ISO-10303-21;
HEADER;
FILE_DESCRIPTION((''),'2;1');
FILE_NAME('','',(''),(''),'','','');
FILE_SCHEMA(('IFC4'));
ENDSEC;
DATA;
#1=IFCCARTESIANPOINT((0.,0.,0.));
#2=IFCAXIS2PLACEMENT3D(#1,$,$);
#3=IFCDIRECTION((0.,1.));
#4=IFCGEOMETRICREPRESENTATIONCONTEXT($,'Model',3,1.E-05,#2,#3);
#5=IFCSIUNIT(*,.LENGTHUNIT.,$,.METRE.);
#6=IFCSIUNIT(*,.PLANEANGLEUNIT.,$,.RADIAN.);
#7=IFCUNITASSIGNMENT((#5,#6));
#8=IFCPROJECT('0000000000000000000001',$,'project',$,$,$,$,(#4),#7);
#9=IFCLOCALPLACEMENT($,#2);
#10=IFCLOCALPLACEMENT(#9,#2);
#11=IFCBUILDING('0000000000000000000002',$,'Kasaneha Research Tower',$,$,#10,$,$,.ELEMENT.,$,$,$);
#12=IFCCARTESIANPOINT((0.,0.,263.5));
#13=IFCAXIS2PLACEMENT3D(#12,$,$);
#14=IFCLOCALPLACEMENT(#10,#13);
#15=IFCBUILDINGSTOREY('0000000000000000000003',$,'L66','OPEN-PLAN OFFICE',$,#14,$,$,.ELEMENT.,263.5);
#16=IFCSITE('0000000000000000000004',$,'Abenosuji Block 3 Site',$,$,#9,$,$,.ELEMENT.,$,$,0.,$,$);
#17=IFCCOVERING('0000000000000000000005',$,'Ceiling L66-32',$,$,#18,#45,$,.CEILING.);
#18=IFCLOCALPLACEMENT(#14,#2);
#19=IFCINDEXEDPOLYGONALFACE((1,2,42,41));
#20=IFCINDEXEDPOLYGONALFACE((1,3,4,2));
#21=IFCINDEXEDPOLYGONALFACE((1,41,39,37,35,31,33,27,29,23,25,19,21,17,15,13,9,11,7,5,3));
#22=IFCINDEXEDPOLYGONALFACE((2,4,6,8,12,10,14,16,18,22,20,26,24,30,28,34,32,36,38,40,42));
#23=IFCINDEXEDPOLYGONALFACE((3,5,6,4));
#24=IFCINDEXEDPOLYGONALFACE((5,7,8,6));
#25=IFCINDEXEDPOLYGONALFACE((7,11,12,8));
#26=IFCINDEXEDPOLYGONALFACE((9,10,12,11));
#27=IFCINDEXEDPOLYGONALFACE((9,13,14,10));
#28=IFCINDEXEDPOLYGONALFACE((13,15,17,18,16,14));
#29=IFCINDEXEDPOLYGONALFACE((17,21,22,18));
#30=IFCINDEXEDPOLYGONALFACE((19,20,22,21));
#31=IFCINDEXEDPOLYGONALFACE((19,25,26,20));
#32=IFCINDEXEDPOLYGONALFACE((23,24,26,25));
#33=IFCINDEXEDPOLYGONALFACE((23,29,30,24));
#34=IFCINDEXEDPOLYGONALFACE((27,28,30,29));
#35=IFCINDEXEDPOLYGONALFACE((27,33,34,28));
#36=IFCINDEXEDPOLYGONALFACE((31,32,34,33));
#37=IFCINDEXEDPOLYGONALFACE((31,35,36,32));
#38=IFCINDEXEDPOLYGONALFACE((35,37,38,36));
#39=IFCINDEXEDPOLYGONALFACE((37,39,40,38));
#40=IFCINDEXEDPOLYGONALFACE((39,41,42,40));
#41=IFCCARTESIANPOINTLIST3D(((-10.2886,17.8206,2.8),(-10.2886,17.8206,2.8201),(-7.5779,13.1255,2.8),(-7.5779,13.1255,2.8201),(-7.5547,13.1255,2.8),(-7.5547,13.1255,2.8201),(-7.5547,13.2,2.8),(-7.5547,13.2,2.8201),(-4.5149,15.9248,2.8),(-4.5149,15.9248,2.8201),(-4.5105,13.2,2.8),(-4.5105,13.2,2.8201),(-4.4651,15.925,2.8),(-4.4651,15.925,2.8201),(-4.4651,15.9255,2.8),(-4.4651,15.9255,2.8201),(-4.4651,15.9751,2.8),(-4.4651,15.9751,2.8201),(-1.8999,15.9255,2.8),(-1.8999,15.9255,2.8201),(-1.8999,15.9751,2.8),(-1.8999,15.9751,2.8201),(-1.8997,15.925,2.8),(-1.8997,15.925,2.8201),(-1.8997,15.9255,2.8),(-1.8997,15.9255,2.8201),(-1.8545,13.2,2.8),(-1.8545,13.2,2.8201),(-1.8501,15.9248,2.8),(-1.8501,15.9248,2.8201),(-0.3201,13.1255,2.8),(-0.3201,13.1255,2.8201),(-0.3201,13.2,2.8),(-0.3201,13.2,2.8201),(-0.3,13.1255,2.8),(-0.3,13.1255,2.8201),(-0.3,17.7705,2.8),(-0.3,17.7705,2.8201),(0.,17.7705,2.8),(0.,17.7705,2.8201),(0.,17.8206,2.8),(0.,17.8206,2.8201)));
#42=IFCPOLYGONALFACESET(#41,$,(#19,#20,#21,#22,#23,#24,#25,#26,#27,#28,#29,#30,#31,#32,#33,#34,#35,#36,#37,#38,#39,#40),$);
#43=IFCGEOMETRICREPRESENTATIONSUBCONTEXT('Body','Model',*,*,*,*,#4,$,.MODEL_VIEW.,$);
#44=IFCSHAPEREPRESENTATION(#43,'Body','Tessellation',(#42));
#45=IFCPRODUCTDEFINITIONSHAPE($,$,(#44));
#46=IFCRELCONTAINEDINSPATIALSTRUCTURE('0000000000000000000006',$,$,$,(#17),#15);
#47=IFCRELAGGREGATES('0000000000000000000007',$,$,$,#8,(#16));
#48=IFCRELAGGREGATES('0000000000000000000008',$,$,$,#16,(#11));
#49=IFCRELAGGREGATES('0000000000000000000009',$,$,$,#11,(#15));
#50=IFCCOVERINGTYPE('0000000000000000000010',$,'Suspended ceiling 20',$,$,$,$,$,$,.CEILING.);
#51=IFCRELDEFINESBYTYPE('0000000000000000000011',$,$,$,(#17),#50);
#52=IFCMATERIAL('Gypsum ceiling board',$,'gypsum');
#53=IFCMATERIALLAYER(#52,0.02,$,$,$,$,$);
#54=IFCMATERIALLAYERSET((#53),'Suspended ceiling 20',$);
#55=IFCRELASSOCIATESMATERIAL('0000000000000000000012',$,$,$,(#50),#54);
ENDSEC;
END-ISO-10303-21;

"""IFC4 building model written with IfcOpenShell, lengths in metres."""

from ifc_helpers import new_model, si_unit, direction, frame, origin, place, context, subcontext, project, spatial, polyline, outline, extrude, material, layer, layer_set, type_object, element, save


model = new_model("IFC4")

# Units and contexts
model_context = context("Model", 3, precision=1e-05, world=origin(), true_north=direction((0.0, 1.0)))
body_context = subcontext(model_context, "Body", "Model", "MODEL_VIEW")
ifc_project = project(units=[si_unit("LENGTHUNIT", "METRE"), si_unit("PLANEANGLEUNIT", "RADIAN")], contexts=[model_context])

# Site, building, storey
site_placement = place(None, origin())
site = spatial("IfcSite", under=ifc_project, at=site_placement, Name="Abenosuji Block 3 Site", CompositionType="ELEMENT", RefElevation=0.0)
building_placement = place(site_placement, origin())
building = spatial("IfcBuilding", under=site, at=building_placement, Name="Kasaneha Research Tower", CompositionType="ELEMENT")
storey_placement = place(building_placement, frame((0.0, 0.0, 263.5)))
storey = spatial("IfcBuildingStorey", under=building, at=storey_placement, Name="L66", Description="OPEN-PLAN OFFICE", CompositionType="ELEMENT", Elevation=263.5)

# Covering
ifc_material_1 = material(Name="Gypsum ceiling board", Category="gypsum")
ifc_layer_1 = layer(ifc_material_1, 0.02)
ifc_layer_set_1 = layer_set([ifc_layer_1], Name="Suspended ceiling 20")
covering_type_1 = type_object("IfcCoveringType", Name="Suspended ceiling 20", PredefinedType="CEILING", material=ifc_layer_set_1)
covering_1_placement = place(storey_placement, frame((0.0, 0.0, 2.8)))
element("IfcCovering", 1, at=covering_1_placement, inside=storey, type_object=covering_type_1, Name="Ceiling L66-32", PredefinedType="CEILING", context=body_context, shape_type="SweptSolid", body=[
    extrude(outline(polyline([(-0.3201, 13.1255), (-0.3201, 13.2), (-1.8545, 13.2), (-1.8501, 15.9248), (-1.8997, 15.925), (-1.8997, 15.9255), (-1.8999, 15.9255), (-1.8999, 15.9751), (-4.4651, 15.9751), (-4.4651, 15.9255), (-4.4651, 15.925), (-4.5149, 15.9248), (-4.5105, 13.2), (-7.5547, 13.2), (-7.5547, 13.1255), (-7.5779, 13.1255), (-10.2886, 17.8206), (0.0, 17.8206), (0.0, 17.7705), (-0.3, 17.7705), (-0.3, 17.7705), (-0.3, 13.1255), (-0.3201, 13.1255)])), origin(), (0.0, 0.0, 1.0), 0.02),
])

save(model, "model.ifc")
